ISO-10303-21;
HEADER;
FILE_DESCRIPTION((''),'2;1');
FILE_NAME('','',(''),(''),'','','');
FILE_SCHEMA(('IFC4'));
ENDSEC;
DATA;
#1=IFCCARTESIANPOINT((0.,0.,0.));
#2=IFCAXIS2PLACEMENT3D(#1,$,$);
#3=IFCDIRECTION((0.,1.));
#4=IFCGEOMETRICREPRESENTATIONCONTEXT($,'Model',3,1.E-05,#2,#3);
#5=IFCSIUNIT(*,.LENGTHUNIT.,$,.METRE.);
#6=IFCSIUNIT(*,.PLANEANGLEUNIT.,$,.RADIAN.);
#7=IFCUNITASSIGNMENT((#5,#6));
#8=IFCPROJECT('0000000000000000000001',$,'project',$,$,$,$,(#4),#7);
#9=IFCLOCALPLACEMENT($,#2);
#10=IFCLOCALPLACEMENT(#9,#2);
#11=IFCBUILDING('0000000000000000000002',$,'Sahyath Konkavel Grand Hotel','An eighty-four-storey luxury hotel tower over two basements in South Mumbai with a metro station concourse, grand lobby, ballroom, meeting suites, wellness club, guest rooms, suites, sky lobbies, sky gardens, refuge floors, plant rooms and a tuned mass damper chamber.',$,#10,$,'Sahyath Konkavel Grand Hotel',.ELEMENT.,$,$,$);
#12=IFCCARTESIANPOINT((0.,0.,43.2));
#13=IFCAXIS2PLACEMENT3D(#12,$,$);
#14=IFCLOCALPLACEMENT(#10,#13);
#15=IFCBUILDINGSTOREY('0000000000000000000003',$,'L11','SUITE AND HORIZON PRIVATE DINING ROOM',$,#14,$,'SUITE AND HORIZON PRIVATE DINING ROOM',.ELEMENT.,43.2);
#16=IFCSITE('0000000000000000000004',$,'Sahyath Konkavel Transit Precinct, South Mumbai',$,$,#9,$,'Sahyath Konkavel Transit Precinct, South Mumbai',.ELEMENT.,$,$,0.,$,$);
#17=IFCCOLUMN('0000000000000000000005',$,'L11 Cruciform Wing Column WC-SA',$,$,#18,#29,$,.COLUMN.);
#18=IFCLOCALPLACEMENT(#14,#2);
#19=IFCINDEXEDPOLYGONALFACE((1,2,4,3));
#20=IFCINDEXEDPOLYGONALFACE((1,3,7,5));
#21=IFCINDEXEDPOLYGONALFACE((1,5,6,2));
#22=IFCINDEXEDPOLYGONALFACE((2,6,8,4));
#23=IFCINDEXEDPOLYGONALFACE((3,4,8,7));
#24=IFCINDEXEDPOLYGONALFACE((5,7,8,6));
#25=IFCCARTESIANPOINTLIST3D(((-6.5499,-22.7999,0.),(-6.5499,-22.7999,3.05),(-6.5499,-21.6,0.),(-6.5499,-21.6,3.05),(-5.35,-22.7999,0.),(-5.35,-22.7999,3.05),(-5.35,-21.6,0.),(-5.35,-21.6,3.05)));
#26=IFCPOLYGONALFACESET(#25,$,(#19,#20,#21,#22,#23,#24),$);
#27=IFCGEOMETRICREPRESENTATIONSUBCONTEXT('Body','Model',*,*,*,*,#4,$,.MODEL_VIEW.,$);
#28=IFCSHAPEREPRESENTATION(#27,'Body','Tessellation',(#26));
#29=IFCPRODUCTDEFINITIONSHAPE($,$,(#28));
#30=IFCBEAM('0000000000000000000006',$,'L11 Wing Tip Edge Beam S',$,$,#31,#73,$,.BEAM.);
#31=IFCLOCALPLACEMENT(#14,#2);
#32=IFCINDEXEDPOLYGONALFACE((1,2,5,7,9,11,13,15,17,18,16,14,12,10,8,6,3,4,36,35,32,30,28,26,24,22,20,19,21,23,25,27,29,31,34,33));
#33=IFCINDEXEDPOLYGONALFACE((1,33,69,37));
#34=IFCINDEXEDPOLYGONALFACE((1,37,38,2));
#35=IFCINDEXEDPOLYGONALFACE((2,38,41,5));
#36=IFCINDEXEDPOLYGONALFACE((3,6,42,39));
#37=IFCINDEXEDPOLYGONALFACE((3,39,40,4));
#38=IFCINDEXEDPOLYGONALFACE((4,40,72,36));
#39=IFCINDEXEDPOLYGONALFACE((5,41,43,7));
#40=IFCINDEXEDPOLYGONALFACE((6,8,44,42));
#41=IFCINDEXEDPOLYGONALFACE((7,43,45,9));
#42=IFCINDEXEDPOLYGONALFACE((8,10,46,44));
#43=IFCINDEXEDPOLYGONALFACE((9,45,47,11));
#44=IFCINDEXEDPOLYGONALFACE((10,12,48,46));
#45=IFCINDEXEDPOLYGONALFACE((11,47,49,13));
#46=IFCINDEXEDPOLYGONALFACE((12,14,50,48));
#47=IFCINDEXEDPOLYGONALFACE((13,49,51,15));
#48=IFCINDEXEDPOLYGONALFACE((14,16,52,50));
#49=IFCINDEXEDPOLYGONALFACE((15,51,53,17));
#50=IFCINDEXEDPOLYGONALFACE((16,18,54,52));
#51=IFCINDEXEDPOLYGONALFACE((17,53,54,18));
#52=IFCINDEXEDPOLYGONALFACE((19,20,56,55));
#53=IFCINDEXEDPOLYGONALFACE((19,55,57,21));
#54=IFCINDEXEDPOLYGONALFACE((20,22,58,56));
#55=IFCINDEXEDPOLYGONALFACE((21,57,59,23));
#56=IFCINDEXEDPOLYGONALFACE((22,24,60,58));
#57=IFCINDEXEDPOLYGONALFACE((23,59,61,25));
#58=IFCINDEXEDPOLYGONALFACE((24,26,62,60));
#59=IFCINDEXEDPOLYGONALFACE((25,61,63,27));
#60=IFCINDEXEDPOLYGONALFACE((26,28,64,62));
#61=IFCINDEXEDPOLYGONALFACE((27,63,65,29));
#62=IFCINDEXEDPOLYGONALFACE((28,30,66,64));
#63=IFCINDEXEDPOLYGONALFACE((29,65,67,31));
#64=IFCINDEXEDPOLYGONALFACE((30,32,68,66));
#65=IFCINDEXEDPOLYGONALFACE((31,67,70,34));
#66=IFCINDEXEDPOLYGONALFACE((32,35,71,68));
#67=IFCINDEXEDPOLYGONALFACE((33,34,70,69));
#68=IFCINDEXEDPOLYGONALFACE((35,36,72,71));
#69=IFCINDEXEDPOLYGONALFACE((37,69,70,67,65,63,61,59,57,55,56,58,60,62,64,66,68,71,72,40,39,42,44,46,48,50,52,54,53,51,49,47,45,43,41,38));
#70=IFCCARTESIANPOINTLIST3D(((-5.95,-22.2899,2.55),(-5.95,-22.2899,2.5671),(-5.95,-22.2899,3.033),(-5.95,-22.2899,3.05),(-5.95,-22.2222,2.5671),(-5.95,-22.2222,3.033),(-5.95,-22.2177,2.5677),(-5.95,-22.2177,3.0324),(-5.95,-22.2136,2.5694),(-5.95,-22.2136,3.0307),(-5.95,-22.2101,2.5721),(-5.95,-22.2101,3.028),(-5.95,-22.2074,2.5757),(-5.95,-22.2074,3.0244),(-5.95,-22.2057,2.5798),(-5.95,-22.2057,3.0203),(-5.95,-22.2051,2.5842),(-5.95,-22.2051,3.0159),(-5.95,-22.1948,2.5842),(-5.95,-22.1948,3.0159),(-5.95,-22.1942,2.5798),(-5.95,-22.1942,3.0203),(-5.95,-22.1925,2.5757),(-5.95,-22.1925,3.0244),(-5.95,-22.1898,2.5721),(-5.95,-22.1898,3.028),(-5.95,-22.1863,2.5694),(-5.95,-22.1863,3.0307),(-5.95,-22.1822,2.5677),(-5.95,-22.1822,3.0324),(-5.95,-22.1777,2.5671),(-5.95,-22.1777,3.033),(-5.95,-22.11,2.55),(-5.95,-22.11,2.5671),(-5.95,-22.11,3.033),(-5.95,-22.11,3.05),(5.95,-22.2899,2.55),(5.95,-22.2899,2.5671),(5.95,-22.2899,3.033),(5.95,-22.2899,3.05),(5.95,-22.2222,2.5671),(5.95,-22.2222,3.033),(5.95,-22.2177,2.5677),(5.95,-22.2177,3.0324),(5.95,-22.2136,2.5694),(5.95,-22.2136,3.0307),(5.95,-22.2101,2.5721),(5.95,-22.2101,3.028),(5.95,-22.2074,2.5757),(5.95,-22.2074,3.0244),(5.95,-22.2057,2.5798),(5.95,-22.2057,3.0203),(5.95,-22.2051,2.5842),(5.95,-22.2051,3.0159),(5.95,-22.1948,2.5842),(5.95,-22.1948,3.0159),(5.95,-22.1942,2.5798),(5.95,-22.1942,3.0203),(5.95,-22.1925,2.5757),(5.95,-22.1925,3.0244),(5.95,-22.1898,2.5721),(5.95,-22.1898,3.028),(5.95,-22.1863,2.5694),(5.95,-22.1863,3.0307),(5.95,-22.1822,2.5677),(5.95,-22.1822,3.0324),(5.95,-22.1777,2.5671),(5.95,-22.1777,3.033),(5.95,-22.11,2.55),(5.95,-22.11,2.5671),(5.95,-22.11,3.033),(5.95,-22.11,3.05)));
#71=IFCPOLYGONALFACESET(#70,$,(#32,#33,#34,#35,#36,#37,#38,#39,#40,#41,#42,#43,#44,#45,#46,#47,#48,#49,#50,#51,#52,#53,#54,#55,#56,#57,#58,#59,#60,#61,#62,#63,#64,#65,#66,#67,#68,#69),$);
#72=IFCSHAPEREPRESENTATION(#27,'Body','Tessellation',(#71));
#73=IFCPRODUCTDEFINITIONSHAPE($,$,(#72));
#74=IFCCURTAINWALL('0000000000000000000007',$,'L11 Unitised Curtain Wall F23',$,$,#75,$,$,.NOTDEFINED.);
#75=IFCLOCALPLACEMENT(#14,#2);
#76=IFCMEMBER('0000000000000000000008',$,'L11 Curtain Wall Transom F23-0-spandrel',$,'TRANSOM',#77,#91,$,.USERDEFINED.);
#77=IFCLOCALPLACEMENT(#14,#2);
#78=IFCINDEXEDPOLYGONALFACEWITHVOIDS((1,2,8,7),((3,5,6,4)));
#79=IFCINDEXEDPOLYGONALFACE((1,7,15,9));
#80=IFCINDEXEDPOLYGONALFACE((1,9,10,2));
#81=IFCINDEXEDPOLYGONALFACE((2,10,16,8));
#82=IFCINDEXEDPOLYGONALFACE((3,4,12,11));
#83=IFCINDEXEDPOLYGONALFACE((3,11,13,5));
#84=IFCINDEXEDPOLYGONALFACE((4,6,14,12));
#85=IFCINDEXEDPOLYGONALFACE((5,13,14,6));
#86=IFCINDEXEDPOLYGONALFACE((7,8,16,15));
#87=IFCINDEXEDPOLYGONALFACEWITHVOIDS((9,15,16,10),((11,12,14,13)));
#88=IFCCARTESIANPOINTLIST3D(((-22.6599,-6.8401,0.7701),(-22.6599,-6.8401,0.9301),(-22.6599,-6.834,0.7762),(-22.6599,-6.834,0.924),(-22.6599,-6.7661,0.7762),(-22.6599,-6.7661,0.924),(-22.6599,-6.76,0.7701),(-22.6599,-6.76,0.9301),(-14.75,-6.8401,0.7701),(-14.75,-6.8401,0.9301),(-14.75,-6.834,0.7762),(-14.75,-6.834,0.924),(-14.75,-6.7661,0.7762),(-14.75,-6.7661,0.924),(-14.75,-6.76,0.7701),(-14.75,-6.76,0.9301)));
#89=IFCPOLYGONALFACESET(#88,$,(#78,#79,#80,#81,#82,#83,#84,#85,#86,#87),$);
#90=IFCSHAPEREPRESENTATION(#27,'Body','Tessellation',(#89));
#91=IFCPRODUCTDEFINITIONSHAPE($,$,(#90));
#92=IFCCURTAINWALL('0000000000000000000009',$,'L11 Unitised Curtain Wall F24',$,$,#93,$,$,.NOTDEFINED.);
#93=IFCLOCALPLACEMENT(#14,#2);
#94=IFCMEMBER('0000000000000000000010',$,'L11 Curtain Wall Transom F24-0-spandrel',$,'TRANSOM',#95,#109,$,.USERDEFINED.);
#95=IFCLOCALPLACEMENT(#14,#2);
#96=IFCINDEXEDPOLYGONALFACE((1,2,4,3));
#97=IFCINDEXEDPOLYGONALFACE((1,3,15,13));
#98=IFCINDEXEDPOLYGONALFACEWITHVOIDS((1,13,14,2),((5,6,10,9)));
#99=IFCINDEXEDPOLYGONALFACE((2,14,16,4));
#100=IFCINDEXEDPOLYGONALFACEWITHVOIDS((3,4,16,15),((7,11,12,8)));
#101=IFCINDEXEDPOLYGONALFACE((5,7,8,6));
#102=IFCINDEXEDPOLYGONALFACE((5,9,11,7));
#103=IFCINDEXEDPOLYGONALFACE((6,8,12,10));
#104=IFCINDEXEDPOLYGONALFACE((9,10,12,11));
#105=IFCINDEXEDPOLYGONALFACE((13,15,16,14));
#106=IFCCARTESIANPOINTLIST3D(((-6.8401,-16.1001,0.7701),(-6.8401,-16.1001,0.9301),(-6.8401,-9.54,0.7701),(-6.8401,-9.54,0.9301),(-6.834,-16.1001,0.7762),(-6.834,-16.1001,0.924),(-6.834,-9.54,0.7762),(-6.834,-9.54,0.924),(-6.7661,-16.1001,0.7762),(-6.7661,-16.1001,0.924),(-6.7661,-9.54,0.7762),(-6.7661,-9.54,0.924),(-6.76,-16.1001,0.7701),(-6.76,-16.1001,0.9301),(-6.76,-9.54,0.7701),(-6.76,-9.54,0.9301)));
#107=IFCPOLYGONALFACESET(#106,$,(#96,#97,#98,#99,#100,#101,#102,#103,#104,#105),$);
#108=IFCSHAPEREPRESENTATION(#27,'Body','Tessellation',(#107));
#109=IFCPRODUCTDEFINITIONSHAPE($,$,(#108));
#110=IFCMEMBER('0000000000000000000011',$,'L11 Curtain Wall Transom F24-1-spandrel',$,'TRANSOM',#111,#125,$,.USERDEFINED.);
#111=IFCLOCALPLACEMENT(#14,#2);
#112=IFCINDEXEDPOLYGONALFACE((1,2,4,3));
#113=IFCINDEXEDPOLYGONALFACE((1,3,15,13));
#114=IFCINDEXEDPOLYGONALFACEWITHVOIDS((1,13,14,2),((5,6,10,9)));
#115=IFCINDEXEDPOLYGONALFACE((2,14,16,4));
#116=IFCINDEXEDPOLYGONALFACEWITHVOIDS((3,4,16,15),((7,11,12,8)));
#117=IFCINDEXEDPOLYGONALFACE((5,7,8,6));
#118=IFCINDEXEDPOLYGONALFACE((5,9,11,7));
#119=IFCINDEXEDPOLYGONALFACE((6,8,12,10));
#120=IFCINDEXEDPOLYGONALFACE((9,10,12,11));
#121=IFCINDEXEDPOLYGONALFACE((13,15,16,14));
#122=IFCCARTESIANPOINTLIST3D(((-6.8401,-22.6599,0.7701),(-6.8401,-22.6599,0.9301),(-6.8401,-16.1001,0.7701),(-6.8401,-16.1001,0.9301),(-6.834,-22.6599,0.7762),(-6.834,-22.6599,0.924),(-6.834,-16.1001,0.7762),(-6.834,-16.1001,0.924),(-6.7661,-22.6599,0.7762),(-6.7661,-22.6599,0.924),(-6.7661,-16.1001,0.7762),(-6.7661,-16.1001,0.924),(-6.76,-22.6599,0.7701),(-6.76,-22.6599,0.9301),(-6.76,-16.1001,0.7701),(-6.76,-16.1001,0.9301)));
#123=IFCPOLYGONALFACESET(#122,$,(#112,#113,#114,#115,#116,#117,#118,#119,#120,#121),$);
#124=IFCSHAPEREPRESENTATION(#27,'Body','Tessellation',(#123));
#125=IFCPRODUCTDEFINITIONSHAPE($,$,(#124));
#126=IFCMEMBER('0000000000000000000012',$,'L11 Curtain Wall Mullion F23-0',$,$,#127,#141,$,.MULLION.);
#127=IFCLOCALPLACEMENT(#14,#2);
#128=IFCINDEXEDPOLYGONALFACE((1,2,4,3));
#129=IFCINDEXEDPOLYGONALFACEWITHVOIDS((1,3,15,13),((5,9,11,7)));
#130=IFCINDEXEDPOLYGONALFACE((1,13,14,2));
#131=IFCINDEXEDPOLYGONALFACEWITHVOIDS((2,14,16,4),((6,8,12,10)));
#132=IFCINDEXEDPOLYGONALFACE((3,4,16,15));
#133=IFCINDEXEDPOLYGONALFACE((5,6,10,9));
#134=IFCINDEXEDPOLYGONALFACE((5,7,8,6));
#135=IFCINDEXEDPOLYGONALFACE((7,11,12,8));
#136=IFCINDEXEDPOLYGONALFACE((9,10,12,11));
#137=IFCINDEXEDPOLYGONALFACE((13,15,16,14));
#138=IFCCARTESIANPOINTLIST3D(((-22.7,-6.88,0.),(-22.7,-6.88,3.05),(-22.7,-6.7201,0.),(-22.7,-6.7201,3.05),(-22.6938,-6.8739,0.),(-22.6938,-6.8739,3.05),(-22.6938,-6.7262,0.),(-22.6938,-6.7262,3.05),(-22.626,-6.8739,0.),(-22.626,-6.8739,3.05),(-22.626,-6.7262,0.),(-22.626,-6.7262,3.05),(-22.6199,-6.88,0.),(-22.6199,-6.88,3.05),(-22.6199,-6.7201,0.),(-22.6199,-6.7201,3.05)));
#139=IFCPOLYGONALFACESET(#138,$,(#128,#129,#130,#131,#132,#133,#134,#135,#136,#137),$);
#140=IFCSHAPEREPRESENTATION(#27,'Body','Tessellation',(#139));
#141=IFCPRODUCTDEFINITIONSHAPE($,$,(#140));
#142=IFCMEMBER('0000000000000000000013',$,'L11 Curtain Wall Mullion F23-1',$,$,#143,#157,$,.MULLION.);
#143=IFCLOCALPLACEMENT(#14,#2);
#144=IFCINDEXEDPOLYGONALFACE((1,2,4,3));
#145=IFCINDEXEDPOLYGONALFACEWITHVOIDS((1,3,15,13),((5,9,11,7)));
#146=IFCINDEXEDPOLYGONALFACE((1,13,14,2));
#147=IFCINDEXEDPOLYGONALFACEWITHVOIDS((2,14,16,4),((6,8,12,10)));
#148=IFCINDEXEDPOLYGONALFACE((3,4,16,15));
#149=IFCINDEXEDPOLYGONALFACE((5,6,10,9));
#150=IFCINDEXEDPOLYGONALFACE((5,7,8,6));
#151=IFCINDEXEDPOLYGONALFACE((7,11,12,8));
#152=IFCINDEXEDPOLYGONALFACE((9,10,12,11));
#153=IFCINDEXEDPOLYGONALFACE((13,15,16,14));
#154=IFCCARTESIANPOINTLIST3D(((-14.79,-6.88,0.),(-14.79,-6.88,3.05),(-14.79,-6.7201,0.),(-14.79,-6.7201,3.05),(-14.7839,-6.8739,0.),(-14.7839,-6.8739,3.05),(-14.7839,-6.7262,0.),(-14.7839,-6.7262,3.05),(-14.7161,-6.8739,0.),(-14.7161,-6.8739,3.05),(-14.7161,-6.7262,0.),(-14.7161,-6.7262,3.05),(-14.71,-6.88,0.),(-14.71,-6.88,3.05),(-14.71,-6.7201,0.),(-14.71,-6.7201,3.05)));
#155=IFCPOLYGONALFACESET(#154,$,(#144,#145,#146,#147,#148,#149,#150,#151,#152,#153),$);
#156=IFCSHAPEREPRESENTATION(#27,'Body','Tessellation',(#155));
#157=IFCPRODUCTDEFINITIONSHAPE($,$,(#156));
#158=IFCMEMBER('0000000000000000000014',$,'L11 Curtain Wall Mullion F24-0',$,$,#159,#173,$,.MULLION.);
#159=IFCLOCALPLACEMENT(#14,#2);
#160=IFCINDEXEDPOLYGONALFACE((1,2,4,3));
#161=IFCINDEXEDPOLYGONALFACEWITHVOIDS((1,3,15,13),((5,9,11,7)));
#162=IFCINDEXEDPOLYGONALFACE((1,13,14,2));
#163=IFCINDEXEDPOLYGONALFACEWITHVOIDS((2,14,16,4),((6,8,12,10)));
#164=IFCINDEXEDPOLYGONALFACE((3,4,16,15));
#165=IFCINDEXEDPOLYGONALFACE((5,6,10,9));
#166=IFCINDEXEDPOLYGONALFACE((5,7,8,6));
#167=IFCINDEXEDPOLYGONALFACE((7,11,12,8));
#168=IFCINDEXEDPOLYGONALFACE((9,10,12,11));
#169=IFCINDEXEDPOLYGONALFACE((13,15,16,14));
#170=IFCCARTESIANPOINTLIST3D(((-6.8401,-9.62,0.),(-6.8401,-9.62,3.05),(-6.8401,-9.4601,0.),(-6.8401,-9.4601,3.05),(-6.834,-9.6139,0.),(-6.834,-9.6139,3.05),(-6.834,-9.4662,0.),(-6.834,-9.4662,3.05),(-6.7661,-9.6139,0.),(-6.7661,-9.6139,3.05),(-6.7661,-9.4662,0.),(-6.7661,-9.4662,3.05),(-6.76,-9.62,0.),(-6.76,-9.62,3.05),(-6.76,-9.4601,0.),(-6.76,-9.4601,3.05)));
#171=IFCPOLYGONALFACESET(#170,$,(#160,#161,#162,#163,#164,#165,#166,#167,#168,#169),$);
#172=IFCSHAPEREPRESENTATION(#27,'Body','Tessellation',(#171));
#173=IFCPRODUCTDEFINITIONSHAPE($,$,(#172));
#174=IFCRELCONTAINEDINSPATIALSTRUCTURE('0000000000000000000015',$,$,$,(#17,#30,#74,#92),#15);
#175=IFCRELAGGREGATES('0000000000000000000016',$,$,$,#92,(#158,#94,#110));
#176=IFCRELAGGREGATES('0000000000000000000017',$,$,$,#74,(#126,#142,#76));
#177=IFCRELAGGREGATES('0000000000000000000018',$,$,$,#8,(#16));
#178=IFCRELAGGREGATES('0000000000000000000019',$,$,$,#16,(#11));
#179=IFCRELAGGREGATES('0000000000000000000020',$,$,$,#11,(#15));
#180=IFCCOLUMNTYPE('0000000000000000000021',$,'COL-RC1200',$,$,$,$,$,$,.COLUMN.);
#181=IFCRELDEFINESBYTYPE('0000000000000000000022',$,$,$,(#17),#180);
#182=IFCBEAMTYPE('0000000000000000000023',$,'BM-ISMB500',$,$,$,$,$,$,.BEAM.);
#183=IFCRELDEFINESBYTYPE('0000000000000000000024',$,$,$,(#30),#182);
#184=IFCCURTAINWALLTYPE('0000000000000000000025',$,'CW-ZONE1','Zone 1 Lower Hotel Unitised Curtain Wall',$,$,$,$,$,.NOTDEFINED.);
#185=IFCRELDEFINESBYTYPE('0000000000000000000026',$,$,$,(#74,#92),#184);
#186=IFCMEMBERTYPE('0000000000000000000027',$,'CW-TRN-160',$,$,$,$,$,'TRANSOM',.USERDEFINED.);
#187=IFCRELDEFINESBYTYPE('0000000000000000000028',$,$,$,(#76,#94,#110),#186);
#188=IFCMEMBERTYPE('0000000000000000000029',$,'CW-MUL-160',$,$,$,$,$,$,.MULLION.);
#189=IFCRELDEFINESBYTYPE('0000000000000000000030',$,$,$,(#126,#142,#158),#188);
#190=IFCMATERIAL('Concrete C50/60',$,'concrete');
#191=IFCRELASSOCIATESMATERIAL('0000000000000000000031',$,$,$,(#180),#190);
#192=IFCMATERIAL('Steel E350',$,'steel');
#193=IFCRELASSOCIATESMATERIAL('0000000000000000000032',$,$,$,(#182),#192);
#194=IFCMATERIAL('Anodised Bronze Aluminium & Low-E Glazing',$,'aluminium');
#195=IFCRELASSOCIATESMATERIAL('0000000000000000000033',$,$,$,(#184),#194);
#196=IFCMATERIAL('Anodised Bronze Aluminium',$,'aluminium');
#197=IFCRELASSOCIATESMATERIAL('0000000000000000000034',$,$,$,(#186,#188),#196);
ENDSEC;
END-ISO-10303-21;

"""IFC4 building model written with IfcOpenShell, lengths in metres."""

from ifc_helpers import new_model, si_unit, direction, frame, origin, origin_2d, place, context, subcontext, project, spatial, rectangle, hollow_rectangle, i_section, extrude, source, transform, mapped, material, material_profile, profile_set, type_object, element, aggregate, save


model = new_model("IFC4")

# Units and contexts
model_context = context("Model", 3, precision=1e-05, world=origin(), true_north=direction((0.0, 1.0)))
body_context = subcontext(model_context, "Body", "Model", "MODEL_VIEW")
ifc_project = project(units=[si_unit("LENGTHUNIT", "METRE"), si_unit("PLANEANGLEUNIT", "RADIAN")], contexts=[model_context])

# Site, building, storey
site_placement = place(None, origin())
site = spatial("IfcSite", under=ifc_project, at=site_placement, Name="Sahyath Konkavel Transit Precinct, South Mumbai", LongName="Sahyath Konkavel Transit Precinct, South Mumbai", CompositionType="ELEMENT", RefElevation=0.0)
building_placement = place(site_placement, origin())
building = spatial("IfcBuilding", under=site, at=building_placement, Name="Sahyath Konkavel Grand Hotel", Description="An eighty-four-storey luxury hotel tower over two basements in South Mumbai with a metro station concourse, grand lobby, ballroom, meeting suites, wellness club, guest rooms, suites, sky lobbies, sky gardens, refuge floors, plant rooms and a tuned mass damper chamber.", LongName="Sahyath Konkavel Grand Hotel", CompositionType="ELEMENT")
storey_placement = place(building_placement, frame((0.0, 0.0, 43.2)))
storey = spatial("IfcBuildingStorey", under=building, at=storey_placement, Name="L11", Description="SUITE AND HORIZON PRIVATE DINING ROOM", LongName="SUITE AND HORIZON PRIVATE DINING ROOM", CompositionType="ELEMENT", Elevation=43.2)

# Column
ifc_material_1 = material(Name="Concrete C50/60", Category="concrete")
ifc_material_profile_1 = material_profile(ifc_material_1, rectangle(XDim=1.2, YDim=1.2, at=origin_2d()), Name="RC 1200x1200")
ifc_profile_set_1 = profile_set([ifc_material_profile_1], Name="Concrete C50/60")
column_type = type_object("IfcColumnType", Name="COL-RC1200", PredefinedType="COLUMN", material=ifc_profile_set_1)
shared_shape_1 = source(origin(), body_context, "Body", "SweptSolid", [
    extrude(rectangle(XDim=1.2, YDim=1.2, at=origin_2d()), origin(), (0.0, 0.0, 1.0), 3.05),
])
column_placement = place(storey_placement, frame((-5.95, -22.2, 0.0), z_axis=(0.0, 0.0, 1.0), x_axis=(1.0, 0.0, 0.0)))
element("IfcColumn", 1, at=column_placement, inside=storey, type_object=column_type, Name="L11 Cruciform Wing Column WC-SA", PredefinedType="COLUMN", context=body_context, shape_type="MappedRepresentation", body=[
    mapped(shared_shape_1, transform((0.0, 0.0, 0.0), scale=1.0)),
])

# Beam
ifc_material_2 = material(Name="Steel E350", Category="steel")
ifc_material_profile_2 = material_profile(ifc_material_2, i_section(OverallWidth=0.1799, OverallDepth=0.5, WebThickness=0.0103, FlangeThickness=0.0171, FilletRadius=0.0171, at=origin_2d()), Name="ISMB 500")
ifc_profile_set_2 = profile_set([ifc_material_profile_2], Name="Steel E350")
beam_type = type_object("IfcBeamType", Name="BM-ISMB500", PredefinedType="BEAM", material=ifc_profile_set_2)
shared_shape_2 = source(origin(), body_context, "Body", "SweptSolid", [
    extrude(i_section(OverallWidth=0.1799, OverallDepth=0.5, WebThickness=0.0103, FlangeThickness=0.0171, FilletRadius=0.0171, at=origin_2d()), origin(), (0.0, 0.0, 1.0), 11.8999),
])
beam_placement = place(storey_placement, frame((-5.95, -22.2, 2.8), z_axis=(1.0, 0.0, 0.0), x_axis=(0.0, 1.0, 0.0)))
element("IfcBeam", 2, at=beam_placement, inside=storey, type_object=beam_type, Name="L11 Wing Tip Edge Beam S", PredefinedType="BEAM", context=body_context, shape_type="MappedRepresentation", body=[
    mapped(shared_shape_2, transform((0.0, 0.0, 0.0), scale=1.0)),
])

# Curtain wall, member
ifc_material_3 = material(Name="Anodised Bronze Aluminium & Low-E Glazing", Category="aluminium")
curtain_wall_type = type_object("IfcCurtainWallType", Name="CW-ZONE1", Description="Zone 1 Lower Hotel Unitised Curtain Wall", PredefinedType="NOTDEFINED", material=ifc_material_3)
curtain_wall_1_placement = place(storey_placement, origin())
curtain_wall_1 = element("IfcCurtainWall", 3, at=curtain_wall_1_placement, inside=storey, type_object=curtain_wall_type, Name="L11 Unitised Curtain Wall F23", PredefinedType="NOTDEFINED")
ifc_material_4 = material(Name="Anodised Bronze Aluminium", Category="aluminium")
ifc_material_profile_3 = material_profile(ifc_material_4, hollow_rectangle(XDim=0.0801, YDim=0.1599, WallThickness=0.0061, at=origin_2d()), Name="RHS 160x80x6")
ifc_profile_set_3 = profile_set([ifc_material_profile_3], Name="Anodised Bronze Aluminium")
member_type_1 = type_object("IfcMemberType", Name="CW-TRN-160", ElementType="TRANSOM", PredefinedType="USERDEFINED", material=ifc_profile_set_3)
shared_shape_3 = source(origin(), body_context, "Body", "SweptSolid", [
    extrude(hollow_rectangle(XDim=0.0801, YDim=0.1599, WallThickness=0.0061, at=origin_2d()), origin(), (0.0, 0.0, 1.0), 7.9099),
])
member_1_placement = place(storey_placement, frame((-22.6599, -6.8, 0.8501), z_axis=(1.0, 0.0, 0.0), x_axis=(0.0, 1.0, 0.0)))
member_1 = element("IfcMember", 4, at=member_1_placement, type_object=member_type_1, Name="L11 Curtain Wall Transom F23-0-spandrel", ObjectType="TRANSOM", PredefinedType="USERDEFINED", context=body_context, shape_type="MappedRepresentation", body=[
    mapped(shared_shape_3, transform((0.0, 0.0, 0.0), scale=1.0)),
])

# Curtain wall, members
curtain_wall_2_placement = place(storey_placement, origin())
curtain_wall_2 = element("IfcCurtainWall", 5, at=curtain_wall_2_placement, inside=storey, type_object=curtain_wall_type, Name="L11 Unitised Curtain Wall F24", PredefinedType="NOTDEFINED")
shared_shape_4 = source(origin(), body_context, "Body", "SweptSolid", [
    extrude(hollow_rectangle(XDim=0.0801, YDim=0.1599, WallThickness=0.0061, at=origin_2d()), origin(), (0.0, 0.0, 1.0), 6.5601),
])
member_2_placement = place(storey_placement, frame((-6.8, -9.54, 0.8501), z_axis=(0.0, -1.0, 0.0), x_axis=(1.0, 0.0, 0.0)))
member_2 = element("IfcMember", 6, at=member_2_placement, type_object=member_type_1, Name="L11 Curtain Wall Transom F24-0-spandrel", ObjectType="TRANSOM", PredefinedType="USERDEFINED", context=body_context, shape_type="MappedRepresentation", body=[
    mapped(shared_shape_4, transform((0.0, 0.0, 0.0), scale=1.0)),
])
shared_shape_5 = source(origin(), body_context, "Body", "SweptSolid", [
    extrude(hollow_rectangle(XDim=0.0801, YDim=0.1599, WallThickness=0.0061, at=origin_2d()), origin(), (0.0, 0.0, 1.0), 6.5598),
])
member_3_placement = place(storey_placement, frame((-6.8, -16.1001, 0.8501), z_axis=(0.0, -1.0, 0.0), x_axis=(1.0, 0.0, 0.0)))
member_3 = element("IfcMember", 7, at=member_3_placement, type_object=member_type_1, Name="L11 Curtain Wall Transom F24-1-spandrel", ObjectType="TRANSOM", PredefinedType="USERDEFINED", context=body_context, shape_type="MappedRepresentation", body=[
    mapped(shared_shape_5, transform((0.0, 0.0, 0.0), scale=1.0)),
])

# Members
ifc_material_profile_4 = material_profile(ifc_material_4, hollow_rectangle(XDim=0.0801, YDim=0.1599, WallThickness=0.0061, at=origin_2d()), Name="RHS 160x80x6")
ifc_profile_set_4 = profile_set([ifc_material_profile_4], Name="Anodised Bronze Aluminium")
member_type_2 = type_object("IfcMemberType", Name="CW-MUL-160", PredefinedType="MULLION", material=ifc_profile_set_4)
shared_shape_6 = source(origin(), body_context, "Body", "SweptSolid", [
    extrude(hollow_rectangle(XDim=0.0801, YDim=0.1599, WallThickness=0.0061, at=origin_2d()), origin(), (0.0, 0.0, 1.0), 3.05),
])
member_4_placement = place(storey_placement, frame((-22.6599, -6.8, 0.0), z_axis=(0.0, 0.0, 1.0), x_axis=(1.0, 0.0, 0.0)))
member_4 = element("IfcMember", 8, at=member_4_placement, type_object=member_type_2, Name="L11 Curtain Wall Mullion F23-0", PredefinedType="MULLION", context=body_context, shape_type="MappedRepresentation", body=[
    mapped(shared_shape_6, transform((0.0, 0.0, 0.0), scale=1.0)),
])
member_5_placement = place(storey_placement, frame((-14.75, -6.8, 0.0), z_axis=(0.0, 0.0, 1.0), x_axis=(1.0, 0.0, 0.0)))
member_5 = element("IfcMember", 9, at=member_5_placement, type_object=member_type_2, Name="L11 Curtain Wall Mullion F23-1", PredefinedType="MULLION", context=body_context, shape_type="MappedRepresentation", body=[
    mapped(shared_shape_6, transform((0.0, 0.0, 0.0), scale=1.0)),
])
member_6_placement = place(storey_placement, frame((-6.8, -9.54, 0.0), z_axis=(0.0, 0.0, 1.0), x_axis=(1.0, 0.0, 0.0)))
member_6 = element("IfcMember", 10, at=member_6_placement, type_object=member_type_2, Name="L11 Curtain Wall Mullion F24-0", PredefinedType="MULLION", context=body_context, shape_type="MappedRepresentation", body=[
    mapped(shared_shape_6, transform((0.0, 0.0, 0.0), scale=1.0)),
])

aggregate(curtain_wall_2, [member_6, member_2, member_3])
aggregate(curtain_wall_1, [member_4, member_5, member_1])

save(model, "model.ifc")
